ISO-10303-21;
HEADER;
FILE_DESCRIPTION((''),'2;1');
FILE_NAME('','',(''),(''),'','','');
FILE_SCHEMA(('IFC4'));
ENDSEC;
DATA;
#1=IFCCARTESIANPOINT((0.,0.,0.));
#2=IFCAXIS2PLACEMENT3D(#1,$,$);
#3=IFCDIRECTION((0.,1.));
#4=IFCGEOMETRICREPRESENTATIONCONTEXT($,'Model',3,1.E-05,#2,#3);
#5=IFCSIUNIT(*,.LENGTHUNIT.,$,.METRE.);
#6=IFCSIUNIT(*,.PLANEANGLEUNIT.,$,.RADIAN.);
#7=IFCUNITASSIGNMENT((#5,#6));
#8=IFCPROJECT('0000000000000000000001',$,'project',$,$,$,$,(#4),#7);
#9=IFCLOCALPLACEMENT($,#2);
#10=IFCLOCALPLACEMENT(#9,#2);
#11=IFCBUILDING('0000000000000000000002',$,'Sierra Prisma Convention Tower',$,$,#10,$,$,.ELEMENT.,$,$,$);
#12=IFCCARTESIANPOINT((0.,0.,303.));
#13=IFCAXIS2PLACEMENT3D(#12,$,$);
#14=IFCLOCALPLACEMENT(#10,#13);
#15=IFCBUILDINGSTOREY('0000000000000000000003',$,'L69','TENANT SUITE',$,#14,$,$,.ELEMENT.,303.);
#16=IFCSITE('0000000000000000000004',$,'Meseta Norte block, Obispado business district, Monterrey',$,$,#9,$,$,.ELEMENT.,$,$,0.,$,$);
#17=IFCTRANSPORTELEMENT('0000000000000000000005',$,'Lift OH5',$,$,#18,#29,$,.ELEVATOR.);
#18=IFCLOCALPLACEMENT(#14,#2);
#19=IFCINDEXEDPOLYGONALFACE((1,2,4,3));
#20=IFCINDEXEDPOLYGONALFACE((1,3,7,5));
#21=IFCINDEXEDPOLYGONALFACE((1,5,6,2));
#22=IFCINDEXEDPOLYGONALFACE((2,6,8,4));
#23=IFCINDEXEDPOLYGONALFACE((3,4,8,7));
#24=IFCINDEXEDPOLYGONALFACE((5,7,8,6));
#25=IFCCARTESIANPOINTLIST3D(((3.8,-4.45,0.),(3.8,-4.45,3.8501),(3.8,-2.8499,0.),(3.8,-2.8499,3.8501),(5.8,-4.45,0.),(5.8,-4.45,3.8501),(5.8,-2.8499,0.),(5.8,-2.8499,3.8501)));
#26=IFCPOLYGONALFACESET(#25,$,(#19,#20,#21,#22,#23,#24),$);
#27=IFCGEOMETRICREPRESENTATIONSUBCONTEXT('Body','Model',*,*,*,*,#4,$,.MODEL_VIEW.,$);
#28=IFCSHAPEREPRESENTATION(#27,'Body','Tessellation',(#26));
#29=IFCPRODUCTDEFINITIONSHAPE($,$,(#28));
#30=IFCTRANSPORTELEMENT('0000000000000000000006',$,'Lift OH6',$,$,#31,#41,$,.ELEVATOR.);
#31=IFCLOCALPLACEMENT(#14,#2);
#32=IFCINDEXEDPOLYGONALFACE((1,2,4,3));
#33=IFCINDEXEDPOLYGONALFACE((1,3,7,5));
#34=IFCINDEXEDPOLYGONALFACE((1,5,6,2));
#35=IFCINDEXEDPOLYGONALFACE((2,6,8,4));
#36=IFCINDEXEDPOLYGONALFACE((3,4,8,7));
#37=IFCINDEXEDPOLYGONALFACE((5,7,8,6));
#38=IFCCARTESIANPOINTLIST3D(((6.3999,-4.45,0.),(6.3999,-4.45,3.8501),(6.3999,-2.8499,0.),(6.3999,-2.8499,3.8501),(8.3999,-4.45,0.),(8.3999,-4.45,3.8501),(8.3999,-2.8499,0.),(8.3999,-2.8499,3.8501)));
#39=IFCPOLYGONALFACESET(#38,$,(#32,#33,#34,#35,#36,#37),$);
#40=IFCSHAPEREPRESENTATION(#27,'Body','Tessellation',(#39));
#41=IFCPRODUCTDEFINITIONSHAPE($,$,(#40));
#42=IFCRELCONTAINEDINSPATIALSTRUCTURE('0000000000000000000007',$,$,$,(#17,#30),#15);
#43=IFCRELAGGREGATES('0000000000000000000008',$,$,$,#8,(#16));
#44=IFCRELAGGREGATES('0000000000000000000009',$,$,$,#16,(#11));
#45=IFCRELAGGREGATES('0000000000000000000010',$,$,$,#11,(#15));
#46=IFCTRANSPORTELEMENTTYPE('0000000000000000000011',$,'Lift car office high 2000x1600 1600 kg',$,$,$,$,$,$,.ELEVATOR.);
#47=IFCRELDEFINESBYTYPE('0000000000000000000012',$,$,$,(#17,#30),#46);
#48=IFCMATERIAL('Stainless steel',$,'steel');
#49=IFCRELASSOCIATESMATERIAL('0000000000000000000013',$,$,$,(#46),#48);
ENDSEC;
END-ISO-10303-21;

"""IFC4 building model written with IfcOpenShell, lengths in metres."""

from ifc_helpers import new_model, si_unit, direction, frame, origin, origin_2d, place, context, subcontext, project, spatial, rectangle, extrude, material, type_object, element, save


model = new_model("IFC4")

# Units and contexts
model_context = context("Model", 3, precision=1e-05, world=origin(), true_north=direction((0.0, 1.0)))
body_context = subcontext(model_context, "Body", "Model", "MODEL_VIEW")
ifc_project = project(units=[si_unit("LENGTHUNIT", "METRE"), si_unit("PLANEANGLEUNIT", "RADIAN")], contexts=[model_context])

# Site, building, storey
site_placement = place(None, origin())
site = spatial("IfcSite", under=ifc_project, at=site_placement, Name="Meseta Norte block, Obispado business district, Monterrey", CompositionType="ELEMENT", RefElevation=0.0)
building_placement = place(site_placement, origin())
building = spatial("IfcBuilding", under=site, at=building_placement, Name="Sierra Prisma Convention Tower", CompositionType="ELEMENT")
storey_placement = place(building_placement, frame((0.0, 0.0, 303.0)))
storey = spatial("IfcBuildingStorey", under=building, at=storey_placement, Name="L69", Description="TENANT SUITE", CompositionType="ELEMENT", Elevation=303.0)

# Transport elements
ifc_material_1 = material(Name="Stainless steel", Category="steel")
transport_element_type = type_object("IfcTransportElementType", Name="Lift car office high 2000x1600 1600 kg", PredefinedType="ELEVATOR", material=ifc_material_1)
for number, where, z_axis, x_axis, name in (
    (1, (4.8, -3.6499, 0.0), (0.0, 0.0, 1.0), (1.0, 0.0, 0.0), "Lift OH5"),
    (2, (7.3999, -3.6499, 0.0), (0.0, 0.0, 1.0), (1.0, 0.0, 0.0), "Lift OH6"),
):
    element("IfcTransportElement", number, at=place(storey_placement, frame(where, z_axis=z_axis, x_axis=x_axis)), inside=storey, type_object=transport_element_type, Name=name, PredefinedType="ELEVATOR", context=body_context, shape_type="SweptSolid", body=[
        extrude(rectangle(XDim=2.0, YDim=1.6001, at=origin_2d()), origin(), (0.0, 0.0, 1.0), 3.8501),
    ])

save(model, "model.ifc")
